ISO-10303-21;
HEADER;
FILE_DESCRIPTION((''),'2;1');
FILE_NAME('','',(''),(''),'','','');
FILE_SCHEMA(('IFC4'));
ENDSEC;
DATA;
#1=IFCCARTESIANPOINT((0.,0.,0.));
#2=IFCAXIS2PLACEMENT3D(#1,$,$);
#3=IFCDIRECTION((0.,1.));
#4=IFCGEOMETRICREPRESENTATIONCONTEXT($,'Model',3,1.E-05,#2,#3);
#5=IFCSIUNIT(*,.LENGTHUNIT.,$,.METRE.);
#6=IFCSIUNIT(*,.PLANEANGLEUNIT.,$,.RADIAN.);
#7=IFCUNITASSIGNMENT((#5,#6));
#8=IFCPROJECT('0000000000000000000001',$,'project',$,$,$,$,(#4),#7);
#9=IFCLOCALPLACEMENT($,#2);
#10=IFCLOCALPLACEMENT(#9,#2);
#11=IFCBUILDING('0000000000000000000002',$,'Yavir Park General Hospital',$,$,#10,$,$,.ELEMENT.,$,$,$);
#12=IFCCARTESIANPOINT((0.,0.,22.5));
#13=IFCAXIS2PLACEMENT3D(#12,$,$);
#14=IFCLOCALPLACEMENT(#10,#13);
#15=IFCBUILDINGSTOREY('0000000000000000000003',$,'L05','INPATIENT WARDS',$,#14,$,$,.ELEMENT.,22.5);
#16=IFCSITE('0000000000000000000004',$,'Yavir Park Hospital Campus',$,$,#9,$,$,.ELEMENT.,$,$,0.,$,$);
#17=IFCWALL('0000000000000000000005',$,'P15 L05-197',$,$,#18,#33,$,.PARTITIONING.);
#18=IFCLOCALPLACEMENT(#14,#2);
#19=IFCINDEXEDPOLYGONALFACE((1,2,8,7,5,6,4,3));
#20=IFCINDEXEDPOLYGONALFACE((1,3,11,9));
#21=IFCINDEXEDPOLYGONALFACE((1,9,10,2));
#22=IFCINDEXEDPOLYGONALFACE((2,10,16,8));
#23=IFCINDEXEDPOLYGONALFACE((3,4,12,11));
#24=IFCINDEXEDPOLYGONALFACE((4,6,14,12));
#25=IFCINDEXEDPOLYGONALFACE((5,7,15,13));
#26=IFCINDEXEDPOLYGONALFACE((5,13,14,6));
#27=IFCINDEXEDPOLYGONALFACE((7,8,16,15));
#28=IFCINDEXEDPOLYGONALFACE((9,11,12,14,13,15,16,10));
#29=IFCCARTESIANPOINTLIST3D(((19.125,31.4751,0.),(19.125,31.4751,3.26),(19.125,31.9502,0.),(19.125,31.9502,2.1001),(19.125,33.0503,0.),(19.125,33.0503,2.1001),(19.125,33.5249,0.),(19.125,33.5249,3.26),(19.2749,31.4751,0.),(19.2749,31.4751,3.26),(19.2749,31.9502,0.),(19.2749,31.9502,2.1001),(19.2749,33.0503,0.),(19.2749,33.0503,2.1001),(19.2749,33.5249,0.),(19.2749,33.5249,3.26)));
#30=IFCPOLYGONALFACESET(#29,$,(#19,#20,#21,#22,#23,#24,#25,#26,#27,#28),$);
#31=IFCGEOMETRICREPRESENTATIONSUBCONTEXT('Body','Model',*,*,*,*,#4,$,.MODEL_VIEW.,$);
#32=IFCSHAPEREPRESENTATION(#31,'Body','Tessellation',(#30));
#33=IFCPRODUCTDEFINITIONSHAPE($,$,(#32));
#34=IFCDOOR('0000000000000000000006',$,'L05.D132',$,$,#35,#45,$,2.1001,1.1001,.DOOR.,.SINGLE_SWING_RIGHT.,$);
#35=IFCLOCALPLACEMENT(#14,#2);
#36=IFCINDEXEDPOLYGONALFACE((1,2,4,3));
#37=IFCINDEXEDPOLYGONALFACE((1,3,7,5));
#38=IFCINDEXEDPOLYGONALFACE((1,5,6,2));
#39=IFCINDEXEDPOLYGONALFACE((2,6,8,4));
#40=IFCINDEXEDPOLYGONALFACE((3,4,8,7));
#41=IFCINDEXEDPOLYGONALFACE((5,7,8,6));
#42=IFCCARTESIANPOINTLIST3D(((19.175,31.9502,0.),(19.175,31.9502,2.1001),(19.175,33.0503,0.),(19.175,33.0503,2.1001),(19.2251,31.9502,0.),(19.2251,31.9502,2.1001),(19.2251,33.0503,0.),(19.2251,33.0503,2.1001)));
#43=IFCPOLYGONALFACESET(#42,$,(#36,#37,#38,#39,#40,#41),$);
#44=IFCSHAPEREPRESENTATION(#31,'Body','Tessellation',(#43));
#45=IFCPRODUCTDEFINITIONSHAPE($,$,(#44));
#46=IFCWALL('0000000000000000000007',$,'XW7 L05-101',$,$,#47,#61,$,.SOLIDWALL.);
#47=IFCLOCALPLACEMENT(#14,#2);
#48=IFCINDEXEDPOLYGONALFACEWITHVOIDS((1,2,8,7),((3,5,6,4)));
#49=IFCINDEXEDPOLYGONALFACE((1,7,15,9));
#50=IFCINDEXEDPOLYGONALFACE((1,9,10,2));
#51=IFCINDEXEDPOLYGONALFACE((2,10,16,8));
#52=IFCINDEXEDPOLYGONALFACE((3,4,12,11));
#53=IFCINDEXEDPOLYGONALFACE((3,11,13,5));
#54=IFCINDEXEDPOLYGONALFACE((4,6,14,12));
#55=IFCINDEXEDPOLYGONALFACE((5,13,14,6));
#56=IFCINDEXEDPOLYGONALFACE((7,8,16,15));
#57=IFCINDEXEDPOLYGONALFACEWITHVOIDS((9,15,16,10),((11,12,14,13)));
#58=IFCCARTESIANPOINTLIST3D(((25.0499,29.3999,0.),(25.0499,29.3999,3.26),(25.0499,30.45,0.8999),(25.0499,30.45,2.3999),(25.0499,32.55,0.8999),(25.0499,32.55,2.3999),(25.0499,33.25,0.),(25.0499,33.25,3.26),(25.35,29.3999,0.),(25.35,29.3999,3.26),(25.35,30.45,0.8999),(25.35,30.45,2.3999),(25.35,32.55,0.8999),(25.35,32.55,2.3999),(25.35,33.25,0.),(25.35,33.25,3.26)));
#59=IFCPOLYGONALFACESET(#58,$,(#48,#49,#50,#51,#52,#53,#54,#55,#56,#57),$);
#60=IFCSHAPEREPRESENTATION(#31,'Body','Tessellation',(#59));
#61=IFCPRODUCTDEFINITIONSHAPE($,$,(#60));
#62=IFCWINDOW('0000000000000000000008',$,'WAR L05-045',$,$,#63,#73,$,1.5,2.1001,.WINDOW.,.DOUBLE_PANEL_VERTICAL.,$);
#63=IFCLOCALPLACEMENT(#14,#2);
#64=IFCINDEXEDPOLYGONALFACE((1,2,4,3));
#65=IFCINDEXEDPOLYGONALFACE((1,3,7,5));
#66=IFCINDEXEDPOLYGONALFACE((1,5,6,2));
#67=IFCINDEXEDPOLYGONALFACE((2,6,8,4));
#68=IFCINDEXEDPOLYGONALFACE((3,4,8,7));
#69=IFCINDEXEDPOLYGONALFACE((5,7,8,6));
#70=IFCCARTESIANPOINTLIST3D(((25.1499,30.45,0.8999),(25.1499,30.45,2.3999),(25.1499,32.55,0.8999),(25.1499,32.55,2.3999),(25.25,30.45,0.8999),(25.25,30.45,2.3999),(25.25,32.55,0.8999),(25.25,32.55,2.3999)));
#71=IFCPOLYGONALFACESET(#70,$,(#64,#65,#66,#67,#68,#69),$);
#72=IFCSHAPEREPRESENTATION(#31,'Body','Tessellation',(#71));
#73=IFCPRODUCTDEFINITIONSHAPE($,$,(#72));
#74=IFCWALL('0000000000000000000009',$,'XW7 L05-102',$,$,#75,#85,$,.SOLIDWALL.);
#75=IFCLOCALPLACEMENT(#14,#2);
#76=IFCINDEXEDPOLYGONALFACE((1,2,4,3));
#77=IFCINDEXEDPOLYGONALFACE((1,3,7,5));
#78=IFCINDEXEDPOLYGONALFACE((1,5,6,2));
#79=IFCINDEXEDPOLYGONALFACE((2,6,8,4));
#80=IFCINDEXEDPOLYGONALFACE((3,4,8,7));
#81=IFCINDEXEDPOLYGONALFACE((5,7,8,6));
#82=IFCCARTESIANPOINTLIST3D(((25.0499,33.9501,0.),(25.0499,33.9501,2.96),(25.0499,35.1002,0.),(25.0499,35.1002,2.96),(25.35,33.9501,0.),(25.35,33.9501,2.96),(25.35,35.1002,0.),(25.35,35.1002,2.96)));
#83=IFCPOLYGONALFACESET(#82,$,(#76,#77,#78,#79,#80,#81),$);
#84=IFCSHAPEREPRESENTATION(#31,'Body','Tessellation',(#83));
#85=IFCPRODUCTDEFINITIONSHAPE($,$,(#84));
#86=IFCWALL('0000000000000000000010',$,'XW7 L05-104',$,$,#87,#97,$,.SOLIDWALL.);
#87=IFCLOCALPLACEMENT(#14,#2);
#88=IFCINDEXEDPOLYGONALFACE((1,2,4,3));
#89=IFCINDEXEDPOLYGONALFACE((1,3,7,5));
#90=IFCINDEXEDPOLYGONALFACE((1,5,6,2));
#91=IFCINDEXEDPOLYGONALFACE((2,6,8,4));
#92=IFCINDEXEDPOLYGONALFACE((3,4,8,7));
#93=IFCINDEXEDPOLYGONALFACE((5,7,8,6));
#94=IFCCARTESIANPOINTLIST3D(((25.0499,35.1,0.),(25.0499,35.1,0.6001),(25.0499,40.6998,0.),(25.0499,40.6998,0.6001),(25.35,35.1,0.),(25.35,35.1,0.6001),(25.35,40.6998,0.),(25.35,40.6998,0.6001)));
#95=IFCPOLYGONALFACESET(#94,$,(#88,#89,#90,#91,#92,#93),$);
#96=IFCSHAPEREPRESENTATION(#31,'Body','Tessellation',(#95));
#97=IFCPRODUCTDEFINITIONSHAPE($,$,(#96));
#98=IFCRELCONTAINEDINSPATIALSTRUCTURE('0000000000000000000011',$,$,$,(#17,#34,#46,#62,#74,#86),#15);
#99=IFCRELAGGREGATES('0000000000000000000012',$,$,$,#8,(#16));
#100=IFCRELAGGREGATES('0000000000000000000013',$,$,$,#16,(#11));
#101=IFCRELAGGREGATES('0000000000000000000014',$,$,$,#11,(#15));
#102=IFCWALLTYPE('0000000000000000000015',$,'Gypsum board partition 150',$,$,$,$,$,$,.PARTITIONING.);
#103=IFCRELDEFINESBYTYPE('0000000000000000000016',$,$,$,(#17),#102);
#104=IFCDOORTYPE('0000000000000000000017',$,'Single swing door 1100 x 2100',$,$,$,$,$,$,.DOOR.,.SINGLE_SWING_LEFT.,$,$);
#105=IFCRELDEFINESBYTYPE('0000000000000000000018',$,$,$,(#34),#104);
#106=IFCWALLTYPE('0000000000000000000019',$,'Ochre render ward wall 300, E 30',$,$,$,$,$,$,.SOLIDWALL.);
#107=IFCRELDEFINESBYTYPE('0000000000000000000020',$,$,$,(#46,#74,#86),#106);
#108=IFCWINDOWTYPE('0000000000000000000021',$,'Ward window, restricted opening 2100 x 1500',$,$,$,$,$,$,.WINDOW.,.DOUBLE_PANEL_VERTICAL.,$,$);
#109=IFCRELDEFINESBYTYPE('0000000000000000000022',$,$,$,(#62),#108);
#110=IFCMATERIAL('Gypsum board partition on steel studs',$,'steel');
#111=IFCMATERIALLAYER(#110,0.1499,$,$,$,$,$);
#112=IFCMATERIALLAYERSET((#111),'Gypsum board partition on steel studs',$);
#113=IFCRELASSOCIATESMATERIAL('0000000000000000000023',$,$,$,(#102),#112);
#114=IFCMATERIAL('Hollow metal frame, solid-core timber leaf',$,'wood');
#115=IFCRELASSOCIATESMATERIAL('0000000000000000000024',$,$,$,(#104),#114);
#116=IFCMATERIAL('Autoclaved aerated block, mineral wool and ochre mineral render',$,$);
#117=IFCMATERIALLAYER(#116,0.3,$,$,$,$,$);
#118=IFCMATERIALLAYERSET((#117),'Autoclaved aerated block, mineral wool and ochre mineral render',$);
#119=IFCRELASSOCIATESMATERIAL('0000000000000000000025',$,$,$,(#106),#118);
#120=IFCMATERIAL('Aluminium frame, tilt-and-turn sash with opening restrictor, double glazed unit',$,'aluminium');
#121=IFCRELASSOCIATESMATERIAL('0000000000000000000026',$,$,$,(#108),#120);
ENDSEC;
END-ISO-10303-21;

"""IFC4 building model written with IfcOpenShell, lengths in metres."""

from ifc_helpers import new_model, si_unit, direction, frame, frame_2d, origin, place, context, subcontext, project, spatial, rectangle, extrude, material, layer, layer_set, type_object, element, fill, save


model = new_model("IFC4")

# Units and contexts
model_context = context("Model", 3, precision=1e-05, world=origin(), true_north=direction((0.0, 1.0)))
body_context = subcontext(model_context, "Body", "Model", "MODEL_VIEW")
ifc_project = project(units=[si_unit("LENGTHUNIT", "METRE"), si_unit("PLANEANGLEUNIT", "RADIAN")], contexts=[model_context])

# Site, building, storey
site_placement = place(None, origin())
site = spatial("IfcSite", under=ifc_project, at=site_placement, Name="Yavir Park Hospital Campus", CompositionType="ELEMENT", RefElevation=0.0)
building_placement = place(site_placement, origin())
building = spatial("IfcBuilding", under=site, at=building_placement, Name="Yavir Park General Hospital", CompositionType="ELEMENT")
storey_placement = place(building_placement, frame((0.0, 0.0, 22.5)))
storey = spatial("IfcBuildingStorey", under=building, at=storey_placement, Name="L05", Description="INPATIENT WARDS", CompositionType="ELEMENT", Elevation=22.5)

# Shared definitions
ifc_material_1 = material(Name="Gypsum board partition on steel studs", Category="steel")
ifc_layer_1 = layer(ifc_material_1, 0.1499)
ifc_layer_set_1 = layer_set([ifc_layer_1], Name="Gypsum board partition on steel studs")
wall_type_1 = type_object("IfcWallType", Name="Gypsum board partition 150", PredefinedType="PARTITIONING", material=ifc_layer_set_1)

# Wall, opening, door
wall_1_placement = place(storey_placement, frame((19.2, 31.4751, 0.0), z_axis=(0.0, 0.0, 1.0), x_axis=(0.0, 1.0, 0.0)))
wall_1 = element("IfcWall", 1, at=wall_1_placement, inside=storey, type_object=wall_type_1, Name="P15 L05-197", PredefinedType="PARTITIONING", context=body_context, shape_type="SweptSolid", body=[
    extrude(rectangle(XDim=2.0498, YDim=0.1499, at=frame_2d((1.0249, 0.0))), origin(), (0.0, 0.0, 1.0), 3.26),
])
opening_1_placement = place(wall_1_placement, frame((0.4751, 0.0, 0.0)))
opening_1 = element("IfcOpeningElement", 2, at=opening_1_placement, cuts=wall_1, PredefinedType="OPENING", context=body_context, shape_type="SweptSolid", body=[
    extrude(rectangle(XDim=1.1001, YDim=2.1001, at=frame_2d((0.55, 1.05))), frame((0.0, 0.085, 0.0), z_axis=(0.0, -1.0, 0.0), x_axis=(1.0, 0.0, 0.0)), (0.0, 0.0, 1.0), 0.1699),
])
ifc_material_2 = material(Name="Hollow metal frame, solid-core timber leaf", Category="wood")
door_type_1 = type_object("IfcDoorType", Name="Single swing door 1100 x 2100", OperationType="SINGLE_SWING_LEFT", PredefinedType="DOOR", material=ifc_material_2)
door_1_placement = place(opening_1_placement, origin())
door_1 = element("IfcDoor", 3, at=door_1_placement, inside=storey, type_object=door_type_1, Name="L05.D132", OperationType="SINGLE_SWING_RIGHT", OverallHeight=2.1001, OverallWidth=1.1001, PredefinedType="DOOR", context=body_context, shape_type="SweptSolid", body=[
    extrude(rectangle(XDim=1.1001, YDim=2.1001, at=frame_2d((0.55, 1.05))), frame((0.0, 0.0249, 0.0), z_axis=(0.0, -1.0, 0.0), x_axis=(1.0, 0.0, 0.0)), (0.0, 0.0, 1.0), 0.05),
])
fill(opening_1, door_1)

# Wall, opening, window
ifc_material_3 = material(Name="Autoclaved aerated block, mineral wool and ochre mineral render")
ifc_layer_2 = layer(ifc_material_3, 0.3)
ifc_layer_set_2 = layer_set([ifc_layer_2], Name="Autoclaved aerated block, mineral wool and ochre mineral render")
wall_type_2 = type_object("IfcWallType", Name="Ochre render ward wall 300, E 30", PredefinedType="SOLIDWALL", material=ifc_layer_set_2)
wall_2_placement = place(storey_placement, frame((25.2, 29.3999, 0.0), z_axis=(0.0, 0.0, 1.0), x_axis=(0.0, 1.0, 0.0)))
wall_2 = element("IfcWall", 4, at=wall_2_placement, inside=storey, type_object=wall_type_2, Name="XW7 L05-101", PredefinedType="SOLIDWALL", context=body_context, shape_type="SweptSolid", body=[
    extrude(rectangle(XDim=3.8501, YDim=0.3, at=frame_2d((1.925, 0.0))), origin(), (0.0, 0.0, 1.0), 3.26),
])
opening_2_placement = place(wall_2_placement, frame((1.05, 0.0, 0.8999)))
opening_2 = element("IfcOpeningElement", 5, at=opening_2_placement, cuts=wall_2, PredefinedType="OPENING", context=body_context, shape_type="SweptSolid", body=[
    extrude(rectangle(XDim=2.1001, YDim=1.5, at=frame_2d((1.05, 0.75))), frame((0.0, 0.1599, 0.0), z_axis=(0.0, -1.0, 0.0), x_axis=(1.0, 0.0, 0.0)), (0.0, 0.0, 1.0), 0.3201),
])
ifc_material_4 = material(Name="Aluminium frame, tilt-and-turn sash with opening restrictor, double glazed unit", Category="aluminium")
window_type = type_object("IfcWindowType", Name="Ward window, restricted opening 2100 x 1500", PartitioningType="DOUBLE_PANEL_VERTICAL", PredefinedType="WINDOW", material=ifc_material_4)
window_placement = place(opening_2_placement, origin())
window = element("IfcWindow", 6, at=window_placement, inside=storey, type_object=window_type, Name="WAR L05-045", OverallHeight=1.5, OverallWidth=2.1001, PartitioningType="DOUBLE_PANEL_VERTICAL", PredefinedType="WINDOW", context=body_context, shape_type="SweptSolid", body=[
    extrude(rectangle(XDim=2.1001, YDim=1.5, at=frame_2d((1.05, 0.75))), frame((0.0, 0.05, 0.0), z_axis=(0.0, -1.0, 0.0), x_axis=(1.0, 0.0, 0.0)), (0.0, 0.0, 1.0), 0.1001),
])
fill(opening_2, window)

# Walls
wall_3_placement = place(storey_placement, frame((25.2, 33.95, 0.0), z_axis=(0.0, 0.0, 1.0), x_axis=(0.0, 1.0, 0.0)))
element("IfcWall", 7, at=wall_3_placement, inside=storey, type_object=wall_type_2, Name="XW7 L05-102", PredefinedType="SOLIDWALL", context=body_context, shape_type="SweptSolid", body=[
    extrude(rectangle(XDim=1.1501, YDim=0.3, at=frame_2d((0.5752, 0.0))), origin(), (0.0, 0.0, 1.0), 2.96),
])
wall_4_placement = place(storey_placement, frame((25.2, 35.1001, 0.0), z_axis=(0.0, 0.0, 1.0), x_axis=(0.0, 1.0, 0.0)))
element("IfcWall", 8, at=wall_4_placement, inside=storey, type_object=wall_type_2, Name="XW7 L05-104", PredefinedType="SOLIDWALL", context=body_context, shape_type="SweptSolid", body=[
    extrude(rectangle(XDim=5.5999, YDim=0.3, at=frame_2d((2.7998, 0.0))), origin(), (0.0, 0.0, 1.0), 0.6001),
])

save(model, "model.ifc")
